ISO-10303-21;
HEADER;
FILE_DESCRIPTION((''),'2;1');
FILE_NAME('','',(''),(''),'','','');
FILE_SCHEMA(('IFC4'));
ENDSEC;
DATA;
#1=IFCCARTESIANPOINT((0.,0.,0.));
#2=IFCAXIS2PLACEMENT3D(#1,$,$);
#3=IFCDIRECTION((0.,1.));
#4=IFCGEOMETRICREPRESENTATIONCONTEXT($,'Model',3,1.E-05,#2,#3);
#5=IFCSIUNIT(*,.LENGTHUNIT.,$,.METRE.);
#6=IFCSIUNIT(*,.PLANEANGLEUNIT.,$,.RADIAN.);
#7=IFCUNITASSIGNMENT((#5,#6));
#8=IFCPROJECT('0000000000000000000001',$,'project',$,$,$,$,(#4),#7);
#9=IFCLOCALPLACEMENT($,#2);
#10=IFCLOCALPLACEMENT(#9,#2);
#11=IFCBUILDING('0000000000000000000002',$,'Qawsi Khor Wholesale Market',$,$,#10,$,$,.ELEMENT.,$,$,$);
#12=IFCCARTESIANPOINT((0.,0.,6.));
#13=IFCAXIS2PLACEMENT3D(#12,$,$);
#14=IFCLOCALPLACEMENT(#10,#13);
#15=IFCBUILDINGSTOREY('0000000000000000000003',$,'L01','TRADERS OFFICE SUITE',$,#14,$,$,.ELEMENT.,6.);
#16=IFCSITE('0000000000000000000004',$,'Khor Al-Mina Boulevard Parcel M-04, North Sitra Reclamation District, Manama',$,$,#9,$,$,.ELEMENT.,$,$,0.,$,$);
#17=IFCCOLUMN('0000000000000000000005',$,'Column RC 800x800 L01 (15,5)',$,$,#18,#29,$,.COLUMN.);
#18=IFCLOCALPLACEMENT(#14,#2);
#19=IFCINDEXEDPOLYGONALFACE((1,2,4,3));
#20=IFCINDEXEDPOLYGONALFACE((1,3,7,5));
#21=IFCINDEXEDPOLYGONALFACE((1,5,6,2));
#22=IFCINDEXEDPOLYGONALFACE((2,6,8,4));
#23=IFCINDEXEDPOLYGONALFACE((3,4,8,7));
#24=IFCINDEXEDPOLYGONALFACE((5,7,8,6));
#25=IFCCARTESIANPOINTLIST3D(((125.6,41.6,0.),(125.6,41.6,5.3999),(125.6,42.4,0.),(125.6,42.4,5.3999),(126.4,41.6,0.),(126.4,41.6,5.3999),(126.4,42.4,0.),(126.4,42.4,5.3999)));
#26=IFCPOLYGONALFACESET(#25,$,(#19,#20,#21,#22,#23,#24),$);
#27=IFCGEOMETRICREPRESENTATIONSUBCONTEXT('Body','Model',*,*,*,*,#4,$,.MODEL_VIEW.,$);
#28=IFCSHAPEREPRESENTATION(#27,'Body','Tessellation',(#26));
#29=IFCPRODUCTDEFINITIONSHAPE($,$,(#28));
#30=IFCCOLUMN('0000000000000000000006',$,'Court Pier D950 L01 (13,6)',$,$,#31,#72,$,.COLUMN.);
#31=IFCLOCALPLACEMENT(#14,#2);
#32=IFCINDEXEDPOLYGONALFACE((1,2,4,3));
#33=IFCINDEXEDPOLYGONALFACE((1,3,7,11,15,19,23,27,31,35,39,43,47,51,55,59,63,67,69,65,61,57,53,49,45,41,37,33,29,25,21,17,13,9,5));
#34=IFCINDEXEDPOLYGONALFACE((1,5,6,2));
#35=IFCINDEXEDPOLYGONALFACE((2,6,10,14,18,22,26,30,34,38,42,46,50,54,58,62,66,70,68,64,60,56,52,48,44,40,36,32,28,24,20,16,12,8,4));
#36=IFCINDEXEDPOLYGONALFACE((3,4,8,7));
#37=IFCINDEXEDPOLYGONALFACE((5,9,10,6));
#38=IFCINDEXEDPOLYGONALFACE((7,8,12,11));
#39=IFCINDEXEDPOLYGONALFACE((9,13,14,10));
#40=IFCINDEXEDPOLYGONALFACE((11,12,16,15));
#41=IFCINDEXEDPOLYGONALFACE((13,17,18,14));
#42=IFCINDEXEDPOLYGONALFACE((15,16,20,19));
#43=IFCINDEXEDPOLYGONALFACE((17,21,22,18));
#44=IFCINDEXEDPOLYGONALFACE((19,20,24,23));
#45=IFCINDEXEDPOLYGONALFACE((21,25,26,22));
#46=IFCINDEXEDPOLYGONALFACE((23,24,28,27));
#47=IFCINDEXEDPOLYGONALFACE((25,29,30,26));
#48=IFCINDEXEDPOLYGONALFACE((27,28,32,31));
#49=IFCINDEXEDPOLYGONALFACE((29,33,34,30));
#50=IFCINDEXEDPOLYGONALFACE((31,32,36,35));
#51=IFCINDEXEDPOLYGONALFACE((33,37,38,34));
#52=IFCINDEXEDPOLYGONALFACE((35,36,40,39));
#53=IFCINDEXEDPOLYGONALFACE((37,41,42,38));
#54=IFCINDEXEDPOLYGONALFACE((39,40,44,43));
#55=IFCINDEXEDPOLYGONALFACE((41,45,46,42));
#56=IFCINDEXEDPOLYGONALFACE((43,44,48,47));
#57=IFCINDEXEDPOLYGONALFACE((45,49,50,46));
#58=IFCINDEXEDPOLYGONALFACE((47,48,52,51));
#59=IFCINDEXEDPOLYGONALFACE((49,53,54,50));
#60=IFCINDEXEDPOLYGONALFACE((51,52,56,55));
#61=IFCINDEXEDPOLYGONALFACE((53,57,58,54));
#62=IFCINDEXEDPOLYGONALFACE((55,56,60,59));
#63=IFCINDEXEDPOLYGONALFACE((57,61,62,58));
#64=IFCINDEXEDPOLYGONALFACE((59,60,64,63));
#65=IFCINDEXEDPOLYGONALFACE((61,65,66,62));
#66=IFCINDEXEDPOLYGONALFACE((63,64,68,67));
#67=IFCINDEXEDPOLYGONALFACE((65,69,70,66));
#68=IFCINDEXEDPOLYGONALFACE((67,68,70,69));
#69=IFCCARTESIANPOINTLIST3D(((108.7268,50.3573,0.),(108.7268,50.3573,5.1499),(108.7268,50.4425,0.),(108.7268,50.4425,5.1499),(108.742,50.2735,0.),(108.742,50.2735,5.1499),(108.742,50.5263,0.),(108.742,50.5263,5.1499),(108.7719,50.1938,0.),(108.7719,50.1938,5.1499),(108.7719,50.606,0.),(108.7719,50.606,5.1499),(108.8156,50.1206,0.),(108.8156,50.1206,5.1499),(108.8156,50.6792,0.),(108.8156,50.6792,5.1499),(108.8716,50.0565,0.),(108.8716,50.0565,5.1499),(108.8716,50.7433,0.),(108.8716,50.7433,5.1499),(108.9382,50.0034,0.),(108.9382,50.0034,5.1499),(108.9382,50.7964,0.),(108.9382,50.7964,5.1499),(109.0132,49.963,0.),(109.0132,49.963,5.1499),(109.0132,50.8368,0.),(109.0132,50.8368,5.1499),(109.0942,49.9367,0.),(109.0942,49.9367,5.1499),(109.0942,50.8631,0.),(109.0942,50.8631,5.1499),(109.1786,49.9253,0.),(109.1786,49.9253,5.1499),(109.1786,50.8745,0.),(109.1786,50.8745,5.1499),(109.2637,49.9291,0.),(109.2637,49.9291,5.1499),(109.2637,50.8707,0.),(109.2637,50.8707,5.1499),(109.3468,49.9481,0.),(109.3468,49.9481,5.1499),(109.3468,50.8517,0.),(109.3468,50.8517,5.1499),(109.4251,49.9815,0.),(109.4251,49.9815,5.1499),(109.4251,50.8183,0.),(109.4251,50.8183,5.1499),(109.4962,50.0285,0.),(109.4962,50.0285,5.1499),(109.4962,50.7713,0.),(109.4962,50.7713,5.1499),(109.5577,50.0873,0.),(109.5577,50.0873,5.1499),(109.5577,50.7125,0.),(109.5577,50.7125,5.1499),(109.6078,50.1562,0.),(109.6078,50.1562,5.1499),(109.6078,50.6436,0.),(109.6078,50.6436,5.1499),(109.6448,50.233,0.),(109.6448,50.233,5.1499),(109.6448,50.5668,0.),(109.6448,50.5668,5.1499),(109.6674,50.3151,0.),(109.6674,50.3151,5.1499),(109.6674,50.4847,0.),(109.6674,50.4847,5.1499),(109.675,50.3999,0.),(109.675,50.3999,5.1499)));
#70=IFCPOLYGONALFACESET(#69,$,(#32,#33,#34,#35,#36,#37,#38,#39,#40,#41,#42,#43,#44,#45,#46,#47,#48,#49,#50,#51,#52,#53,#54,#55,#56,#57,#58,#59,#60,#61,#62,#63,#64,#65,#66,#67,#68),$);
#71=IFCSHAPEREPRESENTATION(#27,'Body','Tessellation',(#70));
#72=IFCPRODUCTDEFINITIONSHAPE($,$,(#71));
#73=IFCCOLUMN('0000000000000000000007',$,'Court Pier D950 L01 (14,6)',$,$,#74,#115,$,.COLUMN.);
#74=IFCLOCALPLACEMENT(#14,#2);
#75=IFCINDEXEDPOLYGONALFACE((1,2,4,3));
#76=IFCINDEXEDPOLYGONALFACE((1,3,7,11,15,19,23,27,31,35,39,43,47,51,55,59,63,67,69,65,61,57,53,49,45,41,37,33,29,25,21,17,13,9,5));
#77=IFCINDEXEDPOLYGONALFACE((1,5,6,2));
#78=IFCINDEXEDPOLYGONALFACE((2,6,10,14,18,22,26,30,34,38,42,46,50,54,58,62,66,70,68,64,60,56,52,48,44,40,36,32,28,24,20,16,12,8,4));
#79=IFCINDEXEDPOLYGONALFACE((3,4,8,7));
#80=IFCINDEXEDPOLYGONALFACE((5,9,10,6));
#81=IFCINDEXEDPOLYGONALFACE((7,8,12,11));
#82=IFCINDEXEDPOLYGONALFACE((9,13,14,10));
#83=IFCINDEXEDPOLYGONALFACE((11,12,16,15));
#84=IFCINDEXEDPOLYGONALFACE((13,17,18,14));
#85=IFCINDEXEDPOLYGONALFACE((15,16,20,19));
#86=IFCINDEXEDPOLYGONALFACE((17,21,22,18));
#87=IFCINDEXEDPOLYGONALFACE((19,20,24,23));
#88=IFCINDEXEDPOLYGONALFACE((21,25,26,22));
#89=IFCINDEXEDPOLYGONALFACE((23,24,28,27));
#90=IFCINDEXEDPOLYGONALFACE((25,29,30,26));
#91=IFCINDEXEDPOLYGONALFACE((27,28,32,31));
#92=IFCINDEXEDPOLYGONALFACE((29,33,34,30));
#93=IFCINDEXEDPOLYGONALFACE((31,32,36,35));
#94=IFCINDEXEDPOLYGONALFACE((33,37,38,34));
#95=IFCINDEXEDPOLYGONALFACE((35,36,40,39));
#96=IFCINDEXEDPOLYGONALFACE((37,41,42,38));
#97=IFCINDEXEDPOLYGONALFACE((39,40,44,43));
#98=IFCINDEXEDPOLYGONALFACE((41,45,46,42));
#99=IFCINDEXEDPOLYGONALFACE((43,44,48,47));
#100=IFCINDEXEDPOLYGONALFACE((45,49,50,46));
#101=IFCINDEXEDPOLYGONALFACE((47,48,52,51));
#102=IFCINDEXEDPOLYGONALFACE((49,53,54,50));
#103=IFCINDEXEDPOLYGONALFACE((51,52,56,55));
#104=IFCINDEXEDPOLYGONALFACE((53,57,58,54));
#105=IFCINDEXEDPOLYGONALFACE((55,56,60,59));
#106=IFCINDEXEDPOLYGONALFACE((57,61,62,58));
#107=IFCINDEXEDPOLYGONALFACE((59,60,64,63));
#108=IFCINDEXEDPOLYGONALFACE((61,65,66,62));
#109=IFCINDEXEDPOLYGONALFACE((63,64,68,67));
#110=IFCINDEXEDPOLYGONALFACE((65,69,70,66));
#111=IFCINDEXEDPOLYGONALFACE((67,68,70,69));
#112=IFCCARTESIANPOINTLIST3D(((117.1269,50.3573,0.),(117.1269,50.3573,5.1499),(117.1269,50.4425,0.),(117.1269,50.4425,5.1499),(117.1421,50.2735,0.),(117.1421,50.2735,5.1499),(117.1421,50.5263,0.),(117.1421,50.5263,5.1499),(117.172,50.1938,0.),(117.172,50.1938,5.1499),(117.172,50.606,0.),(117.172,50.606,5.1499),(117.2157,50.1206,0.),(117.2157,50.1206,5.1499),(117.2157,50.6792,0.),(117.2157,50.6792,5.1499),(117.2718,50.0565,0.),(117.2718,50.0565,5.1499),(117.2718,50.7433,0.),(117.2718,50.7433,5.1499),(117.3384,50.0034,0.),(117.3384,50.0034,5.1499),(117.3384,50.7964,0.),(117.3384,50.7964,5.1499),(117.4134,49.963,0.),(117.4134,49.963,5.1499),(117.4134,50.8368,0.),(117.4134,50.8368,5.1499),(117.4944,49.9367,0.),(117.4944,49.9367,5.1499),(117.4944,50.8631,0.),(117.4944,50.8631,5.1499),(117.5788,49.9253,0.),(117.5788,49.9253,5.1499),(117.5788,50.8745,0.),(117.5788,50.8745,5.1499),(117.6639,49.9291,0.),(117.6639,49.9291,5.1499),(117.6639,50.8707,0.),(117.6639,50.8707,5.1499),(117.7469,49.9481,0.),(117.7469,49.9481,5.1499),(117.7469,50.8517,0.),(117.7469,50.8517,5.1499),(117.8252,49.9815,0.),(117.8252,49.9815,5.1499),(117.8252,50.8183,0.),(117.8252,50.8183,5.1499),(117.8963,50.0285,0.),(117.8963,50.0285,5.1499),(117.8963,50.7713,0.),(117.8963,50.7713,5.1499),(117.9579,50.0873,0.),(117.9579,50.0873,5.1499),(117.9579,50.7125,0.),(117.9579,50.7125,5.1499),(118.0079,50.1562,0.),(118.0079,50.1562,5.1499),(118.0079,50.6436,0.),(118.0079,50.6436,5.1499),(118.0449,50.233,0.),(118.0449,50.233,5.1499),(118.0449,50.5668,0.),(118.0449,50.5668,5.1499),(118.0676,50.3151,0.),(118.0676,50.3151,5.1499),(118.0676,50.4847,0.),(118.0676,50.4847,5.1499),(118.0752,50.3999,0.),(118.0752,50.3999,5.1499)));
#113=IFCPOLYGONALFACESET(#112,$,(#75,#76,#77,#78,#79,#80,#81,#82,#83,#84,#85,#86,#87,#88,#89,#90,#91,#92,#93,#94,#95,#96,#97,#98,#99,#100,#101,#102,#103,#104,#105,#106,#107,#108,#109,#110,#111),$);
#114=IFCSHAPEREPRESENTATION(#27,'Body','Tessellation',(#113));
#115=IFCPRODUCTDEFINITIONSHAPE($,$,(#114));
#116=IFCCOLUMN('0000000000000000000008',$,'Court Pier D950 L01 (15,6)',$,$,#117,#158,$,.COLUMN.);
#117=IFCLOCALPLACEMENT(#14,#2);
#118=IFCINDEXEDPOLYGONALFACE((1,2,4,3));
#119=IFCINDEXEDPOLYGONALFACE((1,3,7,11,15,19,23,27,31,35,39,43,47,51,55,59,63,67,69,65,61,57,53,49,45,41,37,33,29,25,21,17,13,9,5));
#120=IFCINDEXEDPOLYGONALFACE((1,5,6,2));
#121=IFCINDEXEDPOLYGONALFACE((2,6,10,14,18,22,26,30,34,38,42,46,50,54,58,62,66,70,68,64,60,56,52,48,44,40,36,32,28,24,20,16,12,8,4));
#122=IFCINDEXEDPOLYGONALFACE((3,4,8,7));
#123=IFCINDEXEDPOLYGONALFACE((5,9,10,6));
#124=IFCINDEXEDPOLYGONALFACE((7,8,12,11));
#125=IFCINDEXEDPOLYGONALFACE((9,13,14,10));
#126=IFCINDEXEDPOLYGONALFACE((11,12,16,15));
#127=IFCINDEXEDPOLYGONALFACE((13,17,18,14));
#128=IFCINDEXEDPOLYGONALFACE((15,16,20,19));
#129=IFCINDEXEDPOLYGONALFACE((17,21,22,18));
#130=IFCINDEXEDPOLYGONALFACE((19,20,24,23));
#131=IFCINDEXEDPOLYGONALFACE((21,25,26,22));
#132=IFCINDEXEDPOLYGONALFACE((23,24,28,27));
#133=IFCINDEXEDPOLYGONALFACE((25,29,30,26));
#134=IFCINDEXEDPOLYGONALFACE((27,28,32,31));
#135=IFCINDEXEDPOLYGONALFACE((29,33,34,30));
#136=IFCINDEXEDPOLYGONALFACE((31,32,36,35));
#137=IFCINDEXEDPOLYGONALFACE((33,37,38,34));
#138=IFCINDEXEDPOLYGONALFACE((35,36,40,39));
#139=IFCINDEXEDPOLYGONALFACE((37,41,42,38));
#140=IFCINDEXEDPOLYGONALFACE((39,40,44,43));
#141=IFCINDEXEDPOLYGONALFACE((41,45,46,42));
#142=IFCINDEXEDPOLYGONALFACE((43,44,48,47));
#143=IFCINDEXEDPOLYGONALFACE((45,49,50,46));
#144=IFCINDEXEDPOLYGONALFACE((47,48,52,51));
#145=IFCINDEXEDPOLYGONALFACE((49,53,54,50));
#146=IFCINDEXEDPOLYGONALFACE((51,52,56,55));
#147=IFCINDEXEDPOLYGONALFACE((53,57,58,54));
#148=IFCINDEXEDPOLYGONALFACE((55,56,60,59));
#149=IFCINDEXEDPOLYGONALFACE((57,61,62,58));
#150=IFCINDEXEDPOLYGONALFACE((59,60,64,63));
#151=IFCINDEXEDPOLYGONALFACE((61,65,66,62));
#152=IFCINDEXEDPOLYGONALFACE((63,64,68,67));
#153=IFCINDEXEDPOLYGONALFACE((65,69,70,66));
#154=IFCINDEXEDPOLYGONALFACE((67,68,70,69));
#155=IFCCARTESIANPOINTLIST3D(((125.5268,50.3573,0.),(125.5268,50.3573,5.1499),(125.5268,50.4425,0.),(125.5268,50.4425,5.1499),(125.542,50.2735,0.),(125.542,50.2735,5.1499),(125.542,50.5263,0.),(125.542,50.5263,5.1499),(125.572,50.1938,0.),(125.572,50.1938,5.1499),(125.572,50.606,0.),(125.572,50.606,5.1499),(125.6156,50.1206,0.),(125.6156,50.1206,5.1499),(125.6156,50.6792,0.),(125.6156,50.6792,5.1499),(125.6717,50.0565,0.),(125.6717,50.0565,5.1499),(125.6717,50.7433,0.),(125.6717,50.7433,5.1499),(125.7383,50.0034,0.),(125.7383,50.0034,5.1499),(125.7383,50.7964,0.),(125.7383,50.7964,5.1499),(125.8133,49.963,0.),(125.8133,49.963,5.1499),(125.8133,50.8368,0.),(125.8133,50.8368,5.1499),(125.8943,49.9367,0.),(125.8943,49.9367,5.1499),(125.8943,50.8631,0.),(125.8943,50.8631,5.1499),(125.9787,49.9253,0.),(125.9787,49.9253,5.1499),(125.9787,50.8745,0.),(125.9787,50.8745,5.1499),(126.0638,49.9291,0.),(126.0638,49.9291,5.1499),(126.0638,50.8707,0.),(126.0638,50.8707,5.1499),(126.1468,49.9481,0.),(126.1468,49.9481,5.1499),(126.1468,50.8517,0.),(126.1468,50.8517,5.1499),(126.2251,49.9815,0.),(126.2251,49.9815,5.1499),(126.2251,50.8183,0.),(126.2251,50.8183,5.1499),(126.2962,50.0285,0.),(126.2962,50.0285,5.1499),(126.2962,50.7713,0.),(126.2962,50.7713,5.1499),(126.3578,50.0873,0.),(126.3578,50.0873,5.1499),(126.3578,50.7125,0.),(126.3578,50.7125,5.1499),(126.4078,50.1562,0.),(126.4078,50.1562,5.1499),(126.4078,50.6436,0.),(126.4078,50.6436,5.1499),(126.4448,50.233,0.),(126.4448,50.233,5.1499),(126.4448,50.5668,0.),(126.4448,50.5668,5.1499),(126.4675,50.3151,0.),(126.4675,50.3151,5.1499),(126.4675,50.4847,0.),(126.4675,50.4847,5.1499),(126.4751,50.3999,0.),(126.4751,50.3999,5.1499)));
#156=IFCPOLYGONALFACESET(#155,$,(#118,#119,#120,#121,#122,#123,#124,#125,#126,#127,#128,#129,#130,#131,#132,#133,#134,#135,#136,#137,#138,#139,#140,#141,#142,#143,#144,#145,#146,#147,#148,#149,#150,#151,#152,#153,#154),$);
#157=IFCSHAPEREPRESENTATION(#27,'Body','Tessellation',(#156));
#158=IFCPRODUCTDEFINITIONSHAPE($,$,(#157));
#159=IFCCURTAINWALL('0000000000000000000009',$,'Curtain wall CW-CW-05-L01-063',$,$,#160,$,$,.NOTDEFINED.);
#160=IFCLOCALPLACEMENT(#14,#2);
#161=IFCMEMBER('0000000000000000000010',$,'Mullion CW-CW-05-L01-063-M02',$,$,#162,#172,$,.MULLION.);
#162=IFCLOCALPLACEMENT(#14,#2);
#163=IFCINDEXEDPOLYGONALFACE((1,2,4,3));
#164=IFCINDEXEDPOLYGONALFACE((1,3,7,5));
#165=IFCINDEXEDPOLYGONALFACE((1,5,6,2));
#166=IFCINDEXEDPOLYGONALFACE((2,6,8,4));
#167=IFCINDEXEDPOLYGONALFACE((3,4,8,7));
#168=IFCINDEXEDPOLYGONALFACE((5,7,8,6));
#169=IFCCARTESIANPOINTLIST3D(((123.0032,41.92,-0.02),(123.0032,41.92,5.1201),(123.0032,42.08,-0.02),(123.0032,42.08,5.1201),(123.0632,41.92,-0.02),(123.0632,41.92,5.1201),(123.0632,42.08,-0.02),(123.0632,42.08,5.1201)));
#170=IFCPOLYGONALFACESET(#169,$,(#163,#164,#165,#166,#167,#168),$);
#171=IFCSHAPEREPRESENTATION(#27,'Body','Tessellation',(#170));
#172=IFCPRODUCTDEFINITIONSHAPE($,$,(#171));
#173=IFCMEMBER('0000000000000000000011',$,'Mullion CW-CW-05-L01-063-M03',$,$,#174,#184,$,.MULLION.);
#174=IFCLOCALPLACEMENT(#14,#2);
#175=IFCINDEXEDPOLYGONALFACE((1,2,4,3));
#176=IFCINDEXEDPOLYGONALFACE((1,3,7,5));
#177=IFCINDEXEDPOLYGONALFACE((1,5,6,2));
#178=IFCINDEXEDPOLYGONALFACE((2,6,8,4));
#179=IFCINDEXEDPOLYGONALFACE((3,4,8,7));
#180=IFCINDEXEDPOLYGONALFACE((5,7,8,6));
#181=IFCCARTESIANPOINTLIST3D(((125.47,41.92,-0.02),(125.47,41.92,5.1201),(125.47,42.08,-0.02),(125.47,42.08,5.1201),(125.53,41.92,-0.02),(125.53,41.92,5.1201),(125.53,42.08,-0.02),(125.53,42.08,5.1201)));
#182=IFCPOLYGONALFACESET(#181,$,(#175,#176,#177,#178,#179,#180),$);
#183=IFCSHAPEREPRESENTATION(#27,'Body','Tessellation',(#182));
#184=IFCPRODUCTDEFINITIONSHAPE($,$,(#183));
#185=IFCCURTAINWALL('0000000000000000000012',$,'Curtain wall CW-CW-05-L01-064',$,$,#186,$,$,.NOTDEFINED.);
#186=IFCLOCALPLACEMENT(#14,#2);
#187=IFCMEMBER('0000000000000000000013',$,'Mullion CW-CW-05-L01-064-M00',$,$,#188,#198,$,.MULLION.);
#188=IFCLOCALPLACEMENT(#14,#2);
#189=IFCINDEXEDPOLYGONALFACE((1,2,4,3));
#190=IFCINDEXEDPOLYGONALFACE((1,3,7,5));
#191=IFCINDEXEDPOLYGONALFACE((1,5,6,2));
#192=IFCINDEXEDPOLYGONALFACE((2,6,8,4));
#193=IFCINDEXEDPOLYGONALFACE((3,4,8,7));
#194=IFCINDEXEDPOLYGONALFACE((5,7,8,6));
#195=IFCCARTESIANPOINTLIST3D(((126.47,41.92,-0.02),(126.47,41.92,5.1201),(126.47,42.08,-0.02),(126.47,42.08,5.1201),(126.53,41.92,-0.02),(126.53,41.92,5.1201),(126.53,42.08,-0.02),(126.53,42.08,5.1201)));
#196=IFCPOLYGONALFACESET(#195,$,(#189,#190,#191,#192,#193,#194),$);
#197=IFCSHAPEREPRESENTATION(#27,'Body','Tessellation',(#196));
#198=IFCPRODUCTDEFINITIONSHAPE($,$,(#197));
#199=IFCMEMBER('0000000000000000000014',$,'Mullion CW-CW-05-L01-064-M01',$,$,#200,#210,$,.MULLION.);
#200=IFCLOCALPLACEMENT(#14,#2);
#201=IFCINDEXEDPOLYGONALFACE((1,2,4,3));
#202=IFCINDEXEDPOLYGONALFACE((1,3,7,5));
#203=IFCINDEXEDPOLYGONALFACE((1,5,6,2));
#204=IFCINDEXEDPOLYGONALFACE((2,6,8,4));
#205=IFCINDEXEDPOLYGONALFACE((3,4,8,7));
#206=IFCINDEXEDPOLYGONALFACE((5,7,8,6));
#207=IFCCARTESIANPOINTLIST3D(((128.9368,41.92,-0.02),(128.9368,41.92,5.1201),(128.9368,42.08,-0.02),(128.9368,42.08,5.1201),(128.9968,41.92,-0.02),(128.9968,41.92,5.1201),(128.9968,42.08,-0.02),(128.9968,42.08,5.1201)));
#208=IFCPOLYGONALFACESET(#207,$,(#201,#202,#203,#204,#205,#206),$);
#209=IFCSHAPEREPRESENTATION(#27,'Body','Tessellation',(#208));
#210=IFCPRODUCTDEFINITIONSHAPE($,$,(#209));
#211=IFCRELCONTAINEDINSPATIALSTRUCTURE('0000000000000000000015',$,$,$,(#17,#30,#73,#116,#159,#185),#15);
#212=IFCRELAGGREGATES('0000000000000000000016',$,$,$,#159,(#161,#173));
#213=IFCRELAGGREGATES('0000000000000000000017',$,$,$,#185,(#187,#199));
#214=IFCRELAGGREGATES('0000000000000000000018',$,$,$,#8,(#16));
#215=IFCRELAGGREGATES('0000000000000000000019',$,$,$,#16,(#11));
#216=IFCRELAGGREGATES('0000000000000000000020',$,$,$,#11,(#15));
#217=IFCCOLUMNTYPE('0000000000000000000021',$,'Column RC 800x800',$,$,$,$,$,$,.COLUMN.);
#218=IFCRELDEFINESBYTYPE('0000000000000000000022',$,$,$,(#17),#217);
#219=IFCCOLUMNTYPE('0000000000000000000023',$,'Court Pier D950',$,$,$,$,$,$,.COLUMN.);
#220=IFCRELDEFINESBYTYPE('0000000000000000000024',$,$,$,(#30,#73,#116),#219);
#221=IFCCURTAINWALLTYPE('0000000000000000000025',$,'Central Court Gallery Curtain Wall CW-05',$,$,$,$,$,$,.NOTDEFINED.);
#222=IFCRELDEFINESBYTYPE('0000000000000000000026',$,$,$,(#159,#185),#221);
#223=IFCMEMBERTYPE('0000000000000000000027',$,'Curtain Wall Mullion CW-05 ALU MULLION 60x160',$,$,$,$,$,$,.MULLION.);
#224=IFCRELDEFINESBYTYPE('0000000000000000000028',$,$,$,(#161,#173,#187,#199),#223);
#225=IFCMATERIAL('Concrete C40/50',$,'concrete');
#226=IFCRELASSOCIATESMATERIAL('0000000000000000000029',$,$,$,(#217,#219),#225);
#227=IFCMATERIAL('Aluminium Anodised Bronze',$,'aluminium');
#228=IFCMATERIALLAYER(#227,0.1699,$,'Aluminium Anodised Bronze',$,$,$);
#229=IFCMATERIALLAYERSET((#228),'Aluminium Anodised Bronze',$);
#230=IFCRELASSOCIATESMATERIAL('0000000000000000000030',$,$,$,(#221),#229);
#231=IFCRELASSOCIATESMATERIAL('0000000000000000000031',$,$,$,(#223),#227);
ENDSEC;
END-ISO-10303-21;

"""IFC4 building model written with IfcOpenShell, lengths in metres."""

from ifc_helpers import new_model, si_unit, direction, frame, origin, origin_2d, place, context, subcontext, project, spatial, rectangle, circle, extrude, material, layer, layer_set, material_profile, profile_set, type_object, element, aggregate, save


model = new_model("IFC4")

# Units and contexts
model_context = context("Model", 3, precision=1e-05, world=origin(), true_north=direction((0.0, 1.0)))
body_context = subcontext(model_context, "Body", "Model", "MODEL_VIEW")
ifc_project = project(units=[si_unit("LENGTHUNIT", "METRE"), si_unit("PLANEANGLEUNIT", "RADIAN")], contexts=[model_context])

# Site, building, storey
site_placement = place(None, origin())
site = spatial("IfcSite", under=ifc_project, at=site_placement, Name="Khor Al-Mina Boulevard Parcel M-04, North Sitra Reclamation District, Manama", CompositionType="ELEMENT", RefElevation=0.0)
building_placement = place(site_placement, origin())
building = spatial("IfcBuilding", under=site, at=building_placement, Name="Qawsi Khor Wholesale Market", CompositionType="ELEMENT")
storey_placement = place(building_placement, frame((0.0, 0.0, 6.0)))
storey = spatial("IfcBuildingStorey", under=building, at=storey_placement, Name="L01", Description="TRADERS OFFICE SUITE", CompositionType="ELEMENT", Elevation=6.0)

# Columns
ifc_material_1 = material(Name="Concrete C40/50", Category="concrete")
ifc_material_profile_1 = material_profile(ifc_material_1, rectangle(XDim=0.8, YDim=0.8, at=origin_2d()), Name="RC 800x800")
ifc_profile_set_1 = profile_set([ifc_material_profile_1], Name="Concrete C40/50")
column_type_1 = type_object("IfcColumnType", Name="Column RC 800x800", PredefinedType="COLUMN", material=ifc_profile_set_1)
column_placement = place(storey_placement, frame((126.0, 42.0, 0.0), z_axis=(0.0, 0.0, 1.0), x_axis=(1.0, 0.0, 0.0)))
element("IfcColumn", 1, at=column_placement, inside=storey, type_object=column_type_1, Name="Column RC 800x800 L01 (15,5)", PredefinedType="COLUMN", context=body_context, shape_type="SweptSolid", body=[
    extrude(rectangle(XDim=0.8, YDim=0.8, at=origin_2d()), origin(), (0.0, 0.0, 1.0), 5.3999),
])
ifc_material_profile_2 = material_profile(ifc_material_1, circle(Radius=0.4751, at=origin_2d()), Name="RC COL D950")
ifc_profile_set_2 = profile_set([ifc_material_profile_2], Name="Concrete C40/50")
column_type_2 = type_object("IfcColumnType", Name="Court Pier D950", PredefinedType="COLUMN", material=ifc_profile_set_2)
for number, where, z_axis, x_axis, name in (
    (2, (109.2, 50.3999, 0.0), (0.0, 0.0, 1.0), (1.0, 0.0, 0.0), "Court Pier D950 L01 (13,6)"),
    (3, (117.6001, 50.3999, 0.0), (0.0, 0.0, 1.0), (1.0, 0.0, 0.0), "Court Pier D950 L01 (14,6)"),
    (4, (126.0, 50.3999, 0.0), (0.0, 0.0, 1.0), (1.0, 0.0, 0.0), "Court Pier D950 L01 (15,6)"),
):
    element("IfcColumn", number, at=place(storey_placement, frame(where, z_axis=z_axis, x_axis=x_axis)), inside=storey, type_object=column_type_2, Name=name, PredefinedType="COLUMN", context=body_context, shape_type="SweptSolid", body=[
        extrude(circle(Radius=0.4751, at=origin_2d()), origin(), (0.0, 0.0, 1.0), 5.1499),
    ])

# Curtain walls, members
ifc_material_2 = material(Name="Aluminium Anodised Bronze", Category="aluminium")
ifc_layer_1 = layer(ifc_material_2, 0.1699, Name="Aluminium Anodised Bronze")
ifc_layer_set_1 = layer_set([ifc_layer_1], Name="Aluminium Anodised Bronze")
curtain_wall_type = type_object("IfcCurtainWallType", Name="Central Court Gallery Curtain Wall CW-05", PredefinedType="NOTDEFINED", material=ifc_layer_set_1)
curtain_wall_1_placement = place(storey_placement, origin())
curtain_wall_1 = element("IfcCurtainWall", 5, at=curtain_wall_1_placement, inside=storey, type_object=curtain_wall_type, Name="Curtain wall CW-CW-05-L01-063", PredefinedType="NOTDEFINED")
ifc_material_profile_3 = material_profile(ifc_material_2, rectangle(XDim=0.0601, YDim=0.1599, at=origin_2d()), Name="ALU MULLION 60x160")
ifc_profile_set_3 = profile_set([ifc_material_profile_3], Name="Aluminium Anodised Bronze")
member_type_1 = type_object("IfcMemberType", Name="Curtain Wall Mullion CW-05 ALU MULLION 60x160", PredefinedType="MULLION", material=ifc_profile_set_3)
member_1_placement = place(storey_placement, frame((123.0332, 42.0, -0.02), z_axis=(0.0, 0.0, 1.0), x_axis=(1.0, 0.0, 0.0)))
member_1 = element("IfcMember", 6, at=member_1_placement, type_object=member_type_1, Name="Mullion CW-CW-05-L01-063-M02", PredefinedType="MULLION", context=body_context, shape_type="SweptSolid", body=[
    extrude(rectangle(XDim=0.0601, YDim=0.1599, at=origin_2d()), origin(), (0.0, 0.0, 1.0), 5.1401),
])
member_2_placement = place(storey_placement, frame((125.5, 42.0, -0.02), z_axis=(0.0, 0.0, 1.0), x_axis=(1.0, 0.0, 0.0)))
member_2 = element("IfcMember", 7, at=member_2_placement, type_object=member_type_1, Name="Mullion CW-CW-05-L01-063-M03", PredefinedType="MULLION", context=body_context, shape_type="SweptSolid", body=[
    extrude(rectangle(XDim=0.0601, YDim=0.1599, at=origin_2d()), origin(), (0.0, 0.0, 1.0), 5.1401),
])
curtain_wall_2_placement = place(storey_placement, origin())
curtain_wall_2 = element("IfcCurtainWall", 8, at=curtain_wall_2_placement, inside=storey, type_object=curtain_wall_type, Name="Curtain wall CW-CW-05-L01-064", PredefinedType="NOTDEFINED")
member_3_placement = place(storey_placement, frame((126.5, 42.0, -0.02), z_axis=(0.0, 0.0, 1.0), x_axis=(1.0, 0.0, 0.0)))
member_3 = element("IfcMember", 9, at=member_3_placement, type_object=member_type_1, Name="Mullion CW-CW-05-L01-064-M00", PredefinedType="MULLION", context=body_context, shape_type="SweptSolid", body=[
    extrude(rectangle(XDim=0.0601, YDim=0.1599, at=origin_2d()), origin(), (0.0, 0.0, 1.0), 5.1401),
])
member_4_placement = place(storey_placement, frame((128.9668, 42.0, -0.02), z_axis=(0.0, 0.0, 1.0), x_axis=(1.0, 0.0, 0.0)))
member_4 = element("IfcMember", 10, at=member_4_placement, type_object=member_type_1, Name="Mullion CW-CW-05-L01-064-M01", PredefinedType="MULLION", context=body_context, shape_type="SweptSolid", body=[
    extrude(rectangle(XDim=0.0601, YDim=0.1599, at=origin_2d()), origin(), (0.0, 0.0, 1.0), 5.1401),
])

aggregate(curtain_wall_1, [member_1, member_2])
aggregate(curtain_wall_2, [member_3, member_4])

save(model, "model.ifc")
